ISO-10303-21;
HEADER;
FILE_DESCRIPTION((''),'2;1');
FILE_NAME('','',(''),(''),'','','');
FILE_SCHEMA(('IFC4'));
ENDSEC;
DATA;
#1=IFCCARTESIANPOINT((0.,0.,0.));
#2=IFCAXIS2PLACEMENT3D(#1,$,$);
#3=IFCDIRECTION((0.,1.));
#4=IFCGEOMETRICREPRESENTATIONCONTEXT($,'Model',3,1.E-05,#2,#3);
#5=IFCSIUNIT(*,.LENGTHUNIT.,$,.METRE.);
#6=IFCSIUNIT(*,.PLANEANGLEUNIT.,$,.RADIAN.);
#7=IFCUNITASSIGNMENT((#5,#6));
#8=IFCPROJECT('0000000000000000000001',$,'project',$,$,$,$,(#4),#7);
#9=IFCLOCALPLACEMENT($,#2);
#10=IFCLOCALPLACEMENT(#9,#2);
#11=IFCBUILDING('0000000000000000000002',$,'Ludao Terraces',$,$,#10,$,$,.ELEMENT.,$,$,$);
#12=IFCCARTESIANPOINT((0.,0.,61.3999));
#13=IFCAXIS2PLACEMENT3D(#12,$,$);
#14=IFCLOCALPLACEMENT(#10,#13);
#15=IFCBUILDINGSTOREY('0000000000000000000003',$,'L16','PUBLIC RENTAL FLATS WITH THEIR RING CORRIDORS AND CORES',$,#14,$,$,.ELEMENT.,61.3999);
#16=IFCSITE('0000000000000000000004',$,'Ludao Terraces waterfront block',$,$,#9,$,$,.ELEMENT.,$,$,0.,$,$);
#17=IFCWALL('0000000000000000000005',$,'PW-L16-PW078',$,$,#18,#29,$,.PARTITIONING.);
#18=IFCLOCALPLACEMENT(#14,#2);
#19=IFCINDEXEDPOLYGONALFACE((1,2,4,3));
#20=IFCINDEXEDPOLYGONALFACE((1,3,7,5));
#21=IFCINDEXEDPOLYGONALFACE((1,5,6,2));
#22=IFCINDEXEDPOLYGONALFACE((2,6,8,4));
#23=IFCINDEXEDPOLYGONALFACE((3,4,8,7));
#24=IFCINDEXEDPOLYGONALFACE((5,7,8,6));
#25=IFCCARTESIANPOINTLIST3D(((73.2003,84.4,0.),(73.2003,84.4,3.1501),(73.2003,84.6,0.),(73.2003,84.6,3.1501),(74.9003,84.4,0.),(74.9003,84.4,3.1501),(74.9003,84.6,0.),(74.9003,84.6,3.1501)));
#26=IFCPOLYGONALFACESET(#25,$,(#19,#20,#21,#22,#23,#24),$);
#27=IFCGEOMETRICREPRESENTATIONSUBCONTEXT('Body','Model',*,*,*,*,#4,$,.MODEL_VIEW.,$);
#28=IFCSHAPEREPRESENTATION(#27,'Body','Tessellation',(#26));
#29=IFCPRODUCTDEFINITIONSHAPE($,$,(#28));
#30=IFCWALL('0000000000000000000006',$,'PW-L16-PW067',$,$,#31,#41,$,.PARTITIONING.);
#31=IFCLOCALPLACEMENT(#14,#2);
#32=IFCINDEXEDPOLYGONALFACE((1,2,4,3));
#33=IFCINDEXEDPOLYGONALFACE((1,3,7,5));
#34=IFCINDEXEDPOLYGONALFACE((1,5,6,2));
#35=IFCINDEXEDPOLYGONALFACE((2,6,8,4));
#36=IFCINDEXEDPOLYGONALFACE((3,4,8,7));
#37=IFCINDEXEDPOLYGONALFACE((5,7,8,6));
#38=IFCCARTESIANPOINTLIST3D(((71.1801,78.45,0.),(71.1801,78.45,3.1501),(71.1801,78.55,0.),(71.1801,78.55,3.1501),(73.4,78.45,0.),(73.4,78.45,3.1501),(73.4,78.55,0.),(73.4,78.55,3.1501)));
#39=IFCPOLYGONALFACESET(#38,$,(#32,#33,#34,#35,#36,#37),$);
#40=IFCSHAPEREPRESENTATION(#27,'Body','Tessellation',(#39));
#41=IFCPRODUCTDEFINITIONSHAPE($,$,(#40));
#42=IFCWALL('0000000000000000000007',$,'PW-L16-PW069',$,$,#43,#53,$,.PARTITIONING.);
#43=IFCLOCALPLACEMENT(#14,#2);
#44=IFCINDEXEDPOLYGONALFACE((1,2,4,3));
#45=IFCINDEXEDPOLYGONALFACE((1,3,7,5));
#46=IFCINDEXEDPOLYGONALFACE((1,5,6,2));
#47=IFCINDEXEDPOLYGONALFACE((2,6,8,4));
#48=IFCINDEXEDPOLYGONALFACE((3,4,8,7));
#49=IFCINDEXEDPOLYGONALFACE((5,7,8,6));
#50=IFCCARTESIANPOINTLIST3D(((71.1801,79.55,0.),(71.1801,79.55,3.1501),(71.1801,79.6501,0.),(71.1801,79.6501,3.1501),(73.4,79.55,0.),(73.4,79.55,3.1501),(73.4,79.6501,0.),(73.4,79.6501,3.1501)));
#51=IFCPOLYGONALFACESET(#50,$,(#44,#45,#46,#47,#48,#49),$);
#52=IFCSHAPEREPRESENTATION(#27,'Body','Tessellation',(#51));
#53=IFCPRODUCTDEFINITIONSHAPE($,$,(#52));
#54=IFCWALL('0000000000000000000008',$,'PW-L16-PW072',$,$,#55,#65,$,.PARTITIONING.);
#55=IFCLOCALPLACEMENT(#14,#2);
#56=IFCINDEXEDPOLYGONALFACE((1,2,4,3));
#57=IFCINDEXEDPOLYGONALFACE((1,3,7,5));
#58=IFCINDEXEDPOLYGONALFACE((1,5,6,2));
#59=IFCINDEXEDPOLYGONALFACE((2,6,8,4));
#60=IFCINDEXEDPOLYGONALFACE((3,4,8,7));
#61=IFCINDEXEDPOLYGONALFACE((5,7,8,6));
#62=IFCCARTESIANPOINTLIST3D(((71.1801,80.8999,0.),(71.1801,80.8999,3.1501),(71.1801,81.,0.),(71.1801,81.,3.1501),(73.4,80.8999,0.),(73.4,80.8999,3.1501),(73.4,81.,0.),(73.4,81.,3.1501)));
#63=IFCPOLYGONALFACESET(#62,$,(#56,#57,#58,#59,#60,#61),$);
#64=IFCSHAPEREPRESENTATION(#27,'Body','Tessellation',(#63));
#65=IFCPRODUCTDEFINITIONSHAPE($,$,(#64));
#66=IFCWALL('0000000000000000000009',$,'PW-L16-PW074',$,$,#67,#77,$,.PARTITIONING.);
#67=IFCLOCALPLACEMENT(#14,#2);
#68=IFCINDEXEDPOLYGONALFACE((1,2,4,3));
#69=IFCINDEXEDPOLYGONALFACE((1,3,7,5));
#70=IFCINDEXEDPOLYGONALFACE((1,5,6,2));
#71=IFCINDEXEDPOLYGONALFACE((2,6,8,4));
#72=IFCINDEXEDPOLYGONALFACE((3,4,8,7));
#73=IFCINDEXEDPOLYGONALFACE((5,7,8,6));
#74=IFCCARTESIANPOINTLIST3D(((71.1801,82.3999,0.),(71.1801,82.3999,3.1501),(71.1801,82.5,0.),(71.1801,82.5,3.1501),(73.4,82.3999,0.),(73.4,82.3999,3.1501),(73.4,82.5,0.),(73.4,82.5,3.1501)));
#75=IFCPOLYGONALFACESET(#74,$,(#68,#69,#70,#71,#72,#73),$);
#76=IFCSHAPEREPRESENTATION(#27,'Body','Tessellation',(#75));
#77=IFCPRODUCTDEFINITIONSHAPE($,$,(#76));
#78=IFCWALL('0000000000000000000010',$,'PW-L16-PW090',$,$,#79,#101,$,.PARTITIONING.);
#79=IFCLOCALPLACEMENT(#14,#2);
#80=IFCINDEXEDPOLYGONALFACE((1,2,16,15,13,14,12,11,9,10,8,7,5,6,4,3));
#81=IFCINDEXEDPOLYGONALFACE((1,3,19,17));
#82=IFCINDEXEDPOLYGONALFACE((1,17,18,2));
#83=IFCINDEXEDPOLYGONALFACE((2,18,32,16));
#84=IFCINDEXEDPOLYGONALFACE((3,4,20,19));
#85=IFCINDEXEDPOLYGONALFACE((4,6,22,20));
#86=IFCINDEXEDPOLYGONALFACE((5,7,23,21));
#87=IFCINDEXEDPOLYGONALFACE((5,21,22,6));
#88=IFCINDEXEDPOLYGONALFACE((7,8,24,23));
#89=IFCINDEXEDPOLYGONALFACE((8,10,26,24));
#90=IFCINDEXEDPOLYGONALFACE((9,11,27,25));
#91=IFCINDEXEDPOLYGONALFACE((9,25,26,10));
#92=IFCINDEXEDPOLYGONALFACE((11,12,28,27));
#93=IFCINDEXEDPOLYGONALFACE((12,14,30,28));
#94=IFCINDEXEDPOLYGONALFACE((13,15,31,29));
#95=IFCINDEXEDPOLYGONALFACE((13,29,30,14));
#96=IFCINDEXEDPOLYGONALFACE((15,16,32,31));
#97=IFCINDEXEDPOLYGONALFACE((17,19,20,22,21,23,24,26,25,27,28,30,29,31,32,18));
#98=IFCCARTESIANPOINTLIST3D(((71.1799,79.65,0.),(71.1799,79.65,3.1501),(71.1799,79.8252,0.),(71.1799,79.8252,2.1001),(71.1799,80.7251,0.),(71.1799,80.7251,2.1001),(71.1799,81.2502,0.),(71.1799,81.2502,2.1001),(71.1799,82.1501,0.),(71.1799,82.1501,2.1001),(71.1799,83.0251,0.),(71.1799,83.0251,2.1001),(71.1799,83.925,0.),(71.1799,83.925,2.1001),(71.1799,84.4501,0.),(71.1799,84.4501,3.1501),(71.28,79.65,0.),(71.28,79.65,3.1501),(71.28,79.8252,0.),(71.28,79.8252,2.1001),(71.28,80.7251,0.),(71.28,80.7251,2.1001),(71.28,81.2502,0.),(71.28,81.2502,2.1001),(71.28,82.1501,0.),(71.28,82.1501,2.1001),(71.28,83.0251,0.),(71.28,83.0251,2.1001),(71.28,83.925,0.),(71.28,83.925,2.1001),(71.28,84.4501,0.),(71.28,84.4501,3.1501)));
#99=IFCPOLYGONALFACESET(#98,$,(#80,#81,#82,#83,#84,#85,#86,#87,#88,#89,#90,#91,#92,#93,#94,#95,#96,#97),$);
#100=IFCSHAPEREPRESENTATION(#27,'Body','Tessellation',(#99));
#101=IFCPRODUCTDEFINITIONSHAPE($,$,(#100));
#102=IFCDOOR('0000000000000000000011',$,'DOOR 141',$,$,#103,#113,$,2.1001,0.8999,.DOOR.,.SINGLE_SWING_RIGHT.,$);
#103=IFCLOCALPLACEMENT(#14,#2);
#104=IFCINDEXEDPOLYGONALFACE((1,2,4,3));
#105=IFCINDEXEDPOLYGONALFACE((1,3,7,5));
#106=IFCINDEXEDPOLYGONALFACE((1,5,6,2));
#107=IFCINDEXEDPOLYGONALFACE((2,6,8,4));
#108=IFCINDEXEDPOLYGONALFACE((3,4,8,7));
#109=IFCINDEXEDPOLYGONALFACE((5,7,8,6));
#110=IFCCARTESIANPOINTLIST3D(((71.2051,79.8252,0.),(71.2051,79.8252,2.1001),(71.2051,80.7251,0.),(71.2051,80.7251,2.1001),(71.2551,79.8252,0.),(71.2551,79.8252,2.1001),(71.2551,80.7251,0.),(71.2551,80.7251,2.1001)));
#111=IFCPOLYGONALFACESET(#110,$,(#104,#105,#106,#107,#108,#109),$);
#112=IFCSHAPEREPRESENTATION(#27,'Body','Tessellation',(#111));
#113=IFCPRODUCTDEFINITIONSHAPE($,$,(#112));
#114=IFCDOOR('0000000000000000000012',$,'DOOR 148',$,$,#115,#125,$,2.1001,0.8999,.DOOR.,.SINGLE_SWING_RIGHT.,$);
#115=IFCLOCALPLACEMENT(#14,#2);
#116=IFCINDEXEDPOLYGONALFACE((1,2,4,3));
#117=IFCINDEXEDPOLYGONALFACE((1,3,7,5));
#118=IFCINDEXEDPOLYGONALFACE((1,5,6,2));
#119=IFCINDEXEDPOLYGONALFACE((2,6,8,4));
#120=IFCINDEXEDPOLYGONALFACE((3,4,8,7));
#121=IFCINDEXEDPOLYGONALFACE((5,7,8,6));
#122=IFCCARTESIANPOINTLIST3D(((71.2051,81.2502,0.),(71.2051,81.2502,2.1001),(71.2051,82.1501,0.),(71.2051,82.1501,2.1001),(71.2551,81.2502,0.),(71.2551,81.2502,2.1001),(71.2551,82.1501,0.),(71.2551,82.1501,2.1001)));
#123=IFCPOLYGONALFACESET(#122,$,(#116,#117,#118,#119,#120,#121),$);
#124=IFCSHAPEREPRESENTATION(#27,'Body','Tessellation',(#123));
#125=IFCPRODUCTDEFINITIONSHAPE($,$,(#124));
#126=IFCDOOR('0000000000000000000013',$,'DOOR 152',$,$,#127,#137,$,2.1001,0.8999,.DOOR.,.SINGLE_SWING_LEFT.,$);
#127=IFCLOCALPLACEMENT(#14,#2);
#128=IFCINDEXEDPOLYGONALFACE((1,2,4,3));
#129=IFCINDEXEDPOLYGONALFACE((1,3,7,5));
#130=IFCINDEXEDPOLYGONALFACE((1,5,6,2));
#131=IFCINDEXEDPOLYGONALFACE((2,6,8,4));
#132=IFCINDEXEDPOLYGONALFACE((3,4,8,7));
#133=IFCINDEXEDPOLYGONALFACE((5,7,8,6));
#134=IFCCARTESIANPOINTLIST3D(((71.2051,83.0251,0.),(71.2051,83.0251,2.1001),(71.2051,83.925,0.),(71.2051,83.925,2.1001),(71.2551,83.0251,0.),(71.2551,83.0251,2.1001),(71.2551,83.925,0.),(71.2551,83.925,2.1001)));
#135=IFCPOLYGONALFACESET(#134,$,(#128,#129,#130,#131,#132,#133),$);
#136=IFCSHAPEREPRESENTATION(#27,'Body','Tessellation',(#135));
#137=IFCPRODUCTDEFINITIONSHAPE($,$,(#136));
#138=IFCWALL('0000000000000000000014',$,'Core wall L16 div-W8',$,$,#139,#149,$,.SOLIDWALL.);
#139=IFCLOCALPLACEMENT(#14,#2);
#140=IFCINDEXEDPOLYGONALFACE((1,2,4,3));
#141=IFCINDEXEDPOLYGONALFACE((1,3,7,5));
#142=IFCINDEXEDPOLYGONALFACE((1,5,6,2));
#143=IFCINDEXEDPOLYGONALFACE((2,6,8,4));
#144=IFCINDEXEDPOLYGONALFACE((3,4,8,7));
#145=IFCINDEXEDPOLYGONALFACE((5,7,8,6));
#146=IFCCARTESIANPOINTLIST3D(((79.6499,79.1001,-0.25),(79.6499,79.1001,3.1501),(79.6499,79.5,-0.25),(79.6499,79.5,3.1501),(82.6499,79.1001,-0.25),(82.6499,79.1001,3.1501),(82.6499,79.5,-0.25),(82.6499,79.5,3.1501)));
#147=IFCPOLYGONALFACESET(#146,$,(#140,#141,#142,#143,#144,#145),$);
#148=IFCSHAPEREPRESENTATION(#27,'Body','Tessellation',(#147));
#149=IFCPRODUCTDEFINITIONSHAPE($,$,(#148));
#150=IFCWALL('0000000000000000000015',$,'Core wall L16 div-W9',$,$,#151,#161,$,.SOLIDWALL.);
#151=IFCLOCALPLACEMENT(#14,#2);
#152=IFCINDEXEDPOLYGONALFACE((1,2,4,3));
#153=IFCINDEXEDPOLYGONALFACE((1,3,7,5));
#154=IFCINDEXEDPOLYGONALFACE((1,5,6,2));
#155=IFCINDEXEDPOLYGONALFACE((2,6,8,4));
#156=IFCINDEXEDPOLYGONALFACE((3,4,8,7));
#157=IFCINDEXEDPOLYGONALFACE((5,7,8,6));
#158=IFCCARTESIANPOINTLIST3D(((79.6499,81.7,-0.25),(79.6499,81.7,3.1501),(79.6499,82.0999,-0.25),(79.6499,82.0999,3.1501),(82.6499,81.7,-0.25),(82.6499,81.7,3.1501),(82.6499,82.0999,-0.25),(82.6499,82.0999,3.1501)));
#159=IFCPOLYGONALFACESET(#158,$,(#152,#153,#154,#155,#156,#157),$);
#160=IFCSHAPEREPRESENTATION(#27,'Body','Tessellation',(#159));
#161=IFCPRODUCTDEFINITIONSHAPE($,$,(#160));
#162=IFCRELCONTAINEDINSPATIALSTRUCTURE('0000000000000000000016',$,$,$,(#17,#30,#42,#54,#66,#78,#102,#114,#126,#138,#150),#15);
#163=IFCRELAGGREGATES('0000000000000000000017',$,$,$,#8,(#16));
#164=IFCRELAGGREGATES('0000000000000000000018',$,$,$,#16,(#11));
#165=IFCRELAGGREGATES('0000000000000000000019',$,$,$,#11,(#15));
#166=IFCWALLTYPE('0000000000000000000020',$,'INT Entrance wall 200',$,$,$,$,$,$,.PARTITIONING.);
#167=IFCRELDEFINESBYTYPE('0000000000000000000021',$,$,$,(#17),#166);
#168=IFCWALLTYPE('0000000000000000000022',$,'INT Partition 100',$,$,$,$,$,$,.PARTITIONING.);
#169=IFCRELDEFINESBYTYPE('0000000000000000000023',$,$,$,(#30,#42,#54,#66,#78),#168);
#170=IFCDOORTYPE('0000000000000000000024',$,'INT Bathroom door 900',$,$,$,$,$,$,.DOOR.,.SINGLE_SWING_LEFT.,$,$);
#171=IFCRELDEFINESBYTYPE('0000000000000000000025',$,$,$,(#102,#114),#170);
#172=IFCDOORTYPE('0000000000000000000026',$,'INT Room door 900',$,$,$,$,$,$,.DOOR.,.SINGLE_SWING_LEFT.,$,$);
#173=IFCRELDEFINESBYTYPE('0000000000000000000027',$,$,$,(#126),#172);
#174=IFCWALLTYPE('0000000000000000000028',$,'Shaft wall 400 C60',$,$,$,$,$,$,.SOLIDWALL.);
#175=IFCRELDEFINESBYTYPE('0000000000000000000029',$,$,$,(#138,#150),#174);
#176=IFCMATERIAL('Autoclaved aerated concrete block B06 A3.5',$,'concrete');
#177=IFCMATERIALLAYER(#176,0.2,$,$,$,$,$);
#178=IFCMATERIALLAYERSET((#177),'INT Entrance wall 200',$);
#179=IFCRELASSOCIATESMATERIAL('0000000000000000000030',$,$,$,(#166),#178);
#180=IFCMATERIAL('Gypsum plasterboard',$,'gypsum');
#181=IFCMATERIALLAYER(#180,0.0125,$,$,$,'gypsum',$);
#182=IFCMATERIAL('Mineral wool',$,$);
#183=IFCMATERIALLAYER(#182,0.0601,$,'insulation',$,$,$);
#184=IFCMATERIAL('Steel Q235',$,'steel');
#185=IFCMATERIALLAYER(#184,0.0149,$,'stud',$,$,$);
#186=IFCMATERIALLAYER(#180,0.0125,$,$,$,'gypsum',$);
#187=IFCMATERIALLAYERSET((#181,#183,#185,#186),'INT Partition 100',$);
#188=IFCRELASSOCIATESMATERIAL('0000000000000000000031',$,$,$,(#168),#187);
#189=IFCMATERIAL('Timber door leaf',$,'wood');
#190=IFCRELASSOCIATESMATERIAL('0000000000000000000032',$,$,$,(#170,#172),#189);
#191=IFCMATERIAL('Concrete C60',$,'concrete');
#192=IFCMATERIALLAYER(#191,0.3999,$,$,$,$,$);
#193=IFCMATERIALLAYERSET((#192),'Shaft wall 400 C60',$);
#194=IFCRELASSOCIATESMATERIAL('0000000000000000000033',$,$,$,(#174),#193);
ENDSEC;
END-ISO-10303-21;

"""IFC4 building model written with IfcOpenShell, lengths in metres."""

from ifc_helpers import new_model, si_unit, direction, frame, frame_2d, origin, place, context, subcontext, project, spatial, rectangle, extrude, material, layer, layer_set, type_object, element, fill, save


model = new_model("IFC4")

# Units and contexts
model_context = context("Model", 3, precision=1e-05, world=origin(), true_north=direction((0.0, 1.0)))
body_context = subcontext(model_context, "Body", "Model", "MODEL_VIEW")
ifc_project = project(units=[si_unit("LENGTHUNIT", "METRE"), si_unit("PLANEANGLEUNIT", "RADIAN")], contexts=[model_context])

# Site, building, storey
site_placement = place(None, origin())
site = spatial("IfcSite", under=ifc_project, at=site_placement, Name="Ludao Terraces waterfront block", CompositionType="ELEMENT", RefElevation=0.0)
building_placement = place(site_placement, origin())
building = spatial("IfcBuilding", under=site, at=building_placement, Name="Ludao Terraces", CompositionType="ELEMENT")
storey_placement = place(building_placement, frame((0.0, 0.0, 61.3999)))
storey = spatial("IfcBuildingStorey", under=building, at=storey_placement, Name="L16", Description="PUBLIC RENTAL FLATS WITH THEIR RING CORRIDORS AND CORES", CompositionType="ELEMENT", Elevation=61.3999)

# Walls
ifc_material_1 = material(Name="Autoclaved aerated concrete block B06 A3.5", Category="concrete")
ifc_layer_1 = layer(ifc_material_1, 0.2)
ifc_layer_set_1 = layer_set([ifc_layer_1], Name="INT Entrance wall 200")
wall_type_1 = type_object("IfcWallType", Name="INT Entrance wall 200", PredefinedType="PARTITIONING", material=ifc_layer_set_1)
wall_1_placement = place(storey_placement, frame((73.2002, 84.5, 0.0), z_axis=(0.0, 0.0, 1.0), x_axis=(1.0, 0.0, 0.0)))
element("IfcWall", 1, at=wall_1_placement, inside=storey, type_object=wall_type_1, Name="PW-L16-PW078", PredefinedType="PARTITIONING", context=body_context, shape_type="SweptSolid", body=[
    extrude(rectangle(XDim=1.7, YDim=0.2, at=frame_2d((0.8501, 0.0))), origin(), (0.0, 0.0, 1.0), 3.1501),
])
ifc_material_2 = material(Name="Gypsum plasterboard", Category="gypsum")
ifc_layer_2 = layer(ifc_material_2, 0.0125, Category="gypsum")
ifc_material_3 = material(Name="Mineral wool")
ifc_layer_3 = layer(ifc_material_3, 0.0601, Name="insulation")
ifc_material_4 = material(Name="Steel Q235", Category="steel")
ifc_layer_4 = layer(ifc_material_4, 0.0149, Name="stud")
ifc_layer_5 = layer(ifc_material_2, 0.0125, Category="gypsum")
ifc_layer_set_2 = layer_set([ifc_layer_2, ifc_layer_3, ifc_layer_4, ifc_layer_5], Name="INT Partition 100")
wall_type_2 = type_object("IfcWallType", Name="INT Partition 100", PredefinedType="PARTITIONING", material=ifc_layer_set_2)
for number, where, z_axis, x_axis, name in (
    (2, (71.1802, 78.5, 0.0), (0.0, 0.0, 1.0), (1.0, 0.0, 0.0), "PW-L16-PW067"),
    (3, (71.1802, 79.6001, 0.0), (0.0, 0.0, 1.0), (1.0, 0.0, 0.0), "PW-L16-PW069"),
    (4, (71.1802, 80.95, 0.0), (0.0, 0.0, 1.0), (1.0, 0.0, 0.0), "PW-L16-PW072"),
    (5, (71.1802, 82.45, 0.0), (0.0, 0.0, 1.0), (1.0, 0.0, 0.0), "PW-L16-PW074"),
):
    element("IfcWall", number, at=place(storey_placement, frame(where, z_axis=z_axis, x_axis=x_axis)), inside=storey, type_object=wall_type_2, Name=name, PredefinedType="PARTITIONING", context=body_context, shape_type="SweptSolid", body=[
        extrude(rectangle(XDim=2.22, YDim=0.1001, at=frame_2d((1.1099, 0.0))), origin(), (0.0, 0.0, 1.0), 3.1501),
    ])

# Wall, openings, doors
wall_2_placement = place(storey_placement, frame((71.23, 79.6501, 0.0), z_axis=(0.0, 0.0, 1.0), x_axis=(0.0, 1.0, 0.0)))
wall_2 = element("IfcWall", 6, at=wall_2_placement, inside=storey, type_object=wall_type_2, Name="PW-L16-PW090", PredefinedType="PARTITIONING", context=body_context, shape_type="SweptSolid", body=[
    extrude(rectangle(XDim=4.8, YDim=0.1001, at=frame_2d((2.3999, 0.0))), origin(), (0.0, 0.0, 1.0), 3.1501),
])
opening_1_placement = place(wall_2_placement, frame((0.175, 0.0, 0.0)))
opening_1 = element("IfcOpeningElement", 7, at=opening_1_placement, cuts=wall_2, PredefinedType="OPENING", context=body_context, shape_type="SweptSolid", body=[
    extrude(rectangle(XDim=0.8999, YDim=2.1001, at=frame_2d((0.45, 1.05))), frame((0.0, 0.0601, 0.0), z_axis=(0.0, -1.0, 0.0), x_axis=(1.0, 0.0, 0.0)), (0.0, 0.0, 1.0), 0.1201),
])
opening_2_placement = place(wall_2_placement, frame((1.6001, 0.0, 0.0)))
opening_2 = element("IfcOpeningElement", 8, at=opening_2_placement, cuts=wall_2, PredefinedType="OPENING", context=body_context, shape_type="SweptSolid", body=[
    extrude(rectangle(XDim=0.8999, YDim=2.1001, at=frame_2d((0.45, 1.05))), frame((0.0, 0.0601, 0.0), z_axis=(0.0, -1.0, 0.0), x_axis=(1.0, 0.0, 0.0)), (0.0, 0.0, 1.0), 0.1201),
])
opening_3_placement = place(wall_2_placement, frame((3.375, 0.0, 0.0)))
opening_3 = element("IfcOpeningElement", 9, at=opening_3_placement, cuts=wall_2, PredefinedType="OPENING", context=body_context, shape_type="SweptSolid", body=[
    extrude(rectangle(XDim=0.8999, YDim=2.1001, at=frame_2d((0.45, 1.05))), frame((0.0, 0.0601, 0.0), z_axis=(0.0, -1.0, 0.0), x_axis=(1.0, 0.0, 0.0)), (0.0, 0.0, 1.0), 0.1201),
])
ifc_material_5 = material(Name="Timber door leaf", Category="wood")
door_type_1 = type_object("IfcDoorType", Name="INT Bathroom door 900", OperationType="SINGLE_SWING_LEFT", PredefinedType="DOOR", material=ifc_material_5)
door_1_placement = place(opening_1_placement, origin())
door_1 = element("IfcDoor", 10, at=door_1_placement, inside=storey, type_object=door_type_1, Name="DOOR 141", OperationType="SINGLE_SWING_RIGHT", OverallHeight=2.1001, OverallWidth=0.8999, PredefinedType="DOOR", context=body_context, shape_type="SweptSolid", body=[
    extrude(rectangle(XDim=0.8999, YDim=2.1001, at=frame_2d((0.45, 1.05))), frame((0.0, 0.0249, 0.0), z_axis=(0.0, -1.0, 0.0), x_axis=(1.0, 0.0, 0.0)), (0.0, 0.0, 1.0), 0.05),
])
fill(opening_1, door_1)
door_2_placement = place(opening_2_placement, origin())
door_2 = element("IfcDoor", 11, at=door_2_placement, inside=storey, type_object=door_type_1, Name="DOOR 148", OperationType="SINGLE_SWING_RIGHT", OverallHeight=2.1001, OverallWidth=0.8999, PredefinedType="DOOR", context=body_context, shape_type="SweptSolid", body=[
    extrude(rectangle(XDim=0.8999, YDim=2.1001, at=frame_2d((0.45, 1.05))), frame((0.0, 0.0249, 0.0), z_axis=(0.0, -1.0, 0.0), x_axis=(1.0, 0.0, 0.0)), (0.0, 0.0, 1.0), 0.05),
])
fill(opening_2, door_2)
door_type_2 = type_object("IfcDoorType", Name="INT Room door 900", OperationType="SINGLE_SWING_LEFT", PredefinedType="DOOR", material=ifc_material_5)
door_3_placement = place(opening_3_placement, origin())
door_3 = element("IfcDoor", 12, at=door_3_placement, inside=storey, type_object=door_type_2, Name="DOOR 152", OperationType="SINGLE_SWING_LEFT", OverallHeight=2.1001, OverallWidth=0.8999, PredefinedType="DOOR", context=body_context, shape_type="SweptSolid", body=[
    extrude(rectangle(XDim=0.8999, YDim=2.1001, at=frame_2d((0.45, 1.05))), frame((0.0, 0.0249, 0.0), z_axis=(0.0, -1.0, 0.0), x_axis=(1.0, 0.0, 0.0)), (0.0, 0.0, 1.0), 0.05),
])
fill(opening_3, door_3)

# Walls
ifc_material_6 = material(Name="Concrete C60", Category="concrete")
ifc_layer_6 = layer(ifc_material_6, 0.3999)
ifc_layer_set_3 = layer_set([ifc_layer_6], Name="Shaft wall 400 C60")
wall_type_3 = type_object("IfcWallType", Name="Shaft wall 400 C60", PredefinedType="SOLIDWALL", material=ifc_layer_set_3)
for number, where, z_axis, x_axis, name in (
    (13, (79.6499, 79.3, -0.25), (0.0, 0.0, 1.0), (1.0, 0.0, 0.0), "Core wall L16 div-W8"),
    (14, (79.6499, 81.8999, -0.25), (0.0, 0.0, 1.0), (1.0, 0.0, 0.0), "Core wall L16 div-W9"),
):
    element("IfcWall", number, at=place(storey_placement, frame(where, z_axis=z_axis, x_axis=x_axis)), inside=storey, type_object=wall_type_3, Name=name, PredefinedType="SOLIDWALL", context=body_context, shape_type="SweptSolid", body=[
        extrude(rectangle(XDim=3.0, YDim=0.3999, at=frame_2d((1.5, 0.0))), origin(), (0.0, 0.0, 1.0), 3.4001),
    ])

save(model, "model.ifc")
